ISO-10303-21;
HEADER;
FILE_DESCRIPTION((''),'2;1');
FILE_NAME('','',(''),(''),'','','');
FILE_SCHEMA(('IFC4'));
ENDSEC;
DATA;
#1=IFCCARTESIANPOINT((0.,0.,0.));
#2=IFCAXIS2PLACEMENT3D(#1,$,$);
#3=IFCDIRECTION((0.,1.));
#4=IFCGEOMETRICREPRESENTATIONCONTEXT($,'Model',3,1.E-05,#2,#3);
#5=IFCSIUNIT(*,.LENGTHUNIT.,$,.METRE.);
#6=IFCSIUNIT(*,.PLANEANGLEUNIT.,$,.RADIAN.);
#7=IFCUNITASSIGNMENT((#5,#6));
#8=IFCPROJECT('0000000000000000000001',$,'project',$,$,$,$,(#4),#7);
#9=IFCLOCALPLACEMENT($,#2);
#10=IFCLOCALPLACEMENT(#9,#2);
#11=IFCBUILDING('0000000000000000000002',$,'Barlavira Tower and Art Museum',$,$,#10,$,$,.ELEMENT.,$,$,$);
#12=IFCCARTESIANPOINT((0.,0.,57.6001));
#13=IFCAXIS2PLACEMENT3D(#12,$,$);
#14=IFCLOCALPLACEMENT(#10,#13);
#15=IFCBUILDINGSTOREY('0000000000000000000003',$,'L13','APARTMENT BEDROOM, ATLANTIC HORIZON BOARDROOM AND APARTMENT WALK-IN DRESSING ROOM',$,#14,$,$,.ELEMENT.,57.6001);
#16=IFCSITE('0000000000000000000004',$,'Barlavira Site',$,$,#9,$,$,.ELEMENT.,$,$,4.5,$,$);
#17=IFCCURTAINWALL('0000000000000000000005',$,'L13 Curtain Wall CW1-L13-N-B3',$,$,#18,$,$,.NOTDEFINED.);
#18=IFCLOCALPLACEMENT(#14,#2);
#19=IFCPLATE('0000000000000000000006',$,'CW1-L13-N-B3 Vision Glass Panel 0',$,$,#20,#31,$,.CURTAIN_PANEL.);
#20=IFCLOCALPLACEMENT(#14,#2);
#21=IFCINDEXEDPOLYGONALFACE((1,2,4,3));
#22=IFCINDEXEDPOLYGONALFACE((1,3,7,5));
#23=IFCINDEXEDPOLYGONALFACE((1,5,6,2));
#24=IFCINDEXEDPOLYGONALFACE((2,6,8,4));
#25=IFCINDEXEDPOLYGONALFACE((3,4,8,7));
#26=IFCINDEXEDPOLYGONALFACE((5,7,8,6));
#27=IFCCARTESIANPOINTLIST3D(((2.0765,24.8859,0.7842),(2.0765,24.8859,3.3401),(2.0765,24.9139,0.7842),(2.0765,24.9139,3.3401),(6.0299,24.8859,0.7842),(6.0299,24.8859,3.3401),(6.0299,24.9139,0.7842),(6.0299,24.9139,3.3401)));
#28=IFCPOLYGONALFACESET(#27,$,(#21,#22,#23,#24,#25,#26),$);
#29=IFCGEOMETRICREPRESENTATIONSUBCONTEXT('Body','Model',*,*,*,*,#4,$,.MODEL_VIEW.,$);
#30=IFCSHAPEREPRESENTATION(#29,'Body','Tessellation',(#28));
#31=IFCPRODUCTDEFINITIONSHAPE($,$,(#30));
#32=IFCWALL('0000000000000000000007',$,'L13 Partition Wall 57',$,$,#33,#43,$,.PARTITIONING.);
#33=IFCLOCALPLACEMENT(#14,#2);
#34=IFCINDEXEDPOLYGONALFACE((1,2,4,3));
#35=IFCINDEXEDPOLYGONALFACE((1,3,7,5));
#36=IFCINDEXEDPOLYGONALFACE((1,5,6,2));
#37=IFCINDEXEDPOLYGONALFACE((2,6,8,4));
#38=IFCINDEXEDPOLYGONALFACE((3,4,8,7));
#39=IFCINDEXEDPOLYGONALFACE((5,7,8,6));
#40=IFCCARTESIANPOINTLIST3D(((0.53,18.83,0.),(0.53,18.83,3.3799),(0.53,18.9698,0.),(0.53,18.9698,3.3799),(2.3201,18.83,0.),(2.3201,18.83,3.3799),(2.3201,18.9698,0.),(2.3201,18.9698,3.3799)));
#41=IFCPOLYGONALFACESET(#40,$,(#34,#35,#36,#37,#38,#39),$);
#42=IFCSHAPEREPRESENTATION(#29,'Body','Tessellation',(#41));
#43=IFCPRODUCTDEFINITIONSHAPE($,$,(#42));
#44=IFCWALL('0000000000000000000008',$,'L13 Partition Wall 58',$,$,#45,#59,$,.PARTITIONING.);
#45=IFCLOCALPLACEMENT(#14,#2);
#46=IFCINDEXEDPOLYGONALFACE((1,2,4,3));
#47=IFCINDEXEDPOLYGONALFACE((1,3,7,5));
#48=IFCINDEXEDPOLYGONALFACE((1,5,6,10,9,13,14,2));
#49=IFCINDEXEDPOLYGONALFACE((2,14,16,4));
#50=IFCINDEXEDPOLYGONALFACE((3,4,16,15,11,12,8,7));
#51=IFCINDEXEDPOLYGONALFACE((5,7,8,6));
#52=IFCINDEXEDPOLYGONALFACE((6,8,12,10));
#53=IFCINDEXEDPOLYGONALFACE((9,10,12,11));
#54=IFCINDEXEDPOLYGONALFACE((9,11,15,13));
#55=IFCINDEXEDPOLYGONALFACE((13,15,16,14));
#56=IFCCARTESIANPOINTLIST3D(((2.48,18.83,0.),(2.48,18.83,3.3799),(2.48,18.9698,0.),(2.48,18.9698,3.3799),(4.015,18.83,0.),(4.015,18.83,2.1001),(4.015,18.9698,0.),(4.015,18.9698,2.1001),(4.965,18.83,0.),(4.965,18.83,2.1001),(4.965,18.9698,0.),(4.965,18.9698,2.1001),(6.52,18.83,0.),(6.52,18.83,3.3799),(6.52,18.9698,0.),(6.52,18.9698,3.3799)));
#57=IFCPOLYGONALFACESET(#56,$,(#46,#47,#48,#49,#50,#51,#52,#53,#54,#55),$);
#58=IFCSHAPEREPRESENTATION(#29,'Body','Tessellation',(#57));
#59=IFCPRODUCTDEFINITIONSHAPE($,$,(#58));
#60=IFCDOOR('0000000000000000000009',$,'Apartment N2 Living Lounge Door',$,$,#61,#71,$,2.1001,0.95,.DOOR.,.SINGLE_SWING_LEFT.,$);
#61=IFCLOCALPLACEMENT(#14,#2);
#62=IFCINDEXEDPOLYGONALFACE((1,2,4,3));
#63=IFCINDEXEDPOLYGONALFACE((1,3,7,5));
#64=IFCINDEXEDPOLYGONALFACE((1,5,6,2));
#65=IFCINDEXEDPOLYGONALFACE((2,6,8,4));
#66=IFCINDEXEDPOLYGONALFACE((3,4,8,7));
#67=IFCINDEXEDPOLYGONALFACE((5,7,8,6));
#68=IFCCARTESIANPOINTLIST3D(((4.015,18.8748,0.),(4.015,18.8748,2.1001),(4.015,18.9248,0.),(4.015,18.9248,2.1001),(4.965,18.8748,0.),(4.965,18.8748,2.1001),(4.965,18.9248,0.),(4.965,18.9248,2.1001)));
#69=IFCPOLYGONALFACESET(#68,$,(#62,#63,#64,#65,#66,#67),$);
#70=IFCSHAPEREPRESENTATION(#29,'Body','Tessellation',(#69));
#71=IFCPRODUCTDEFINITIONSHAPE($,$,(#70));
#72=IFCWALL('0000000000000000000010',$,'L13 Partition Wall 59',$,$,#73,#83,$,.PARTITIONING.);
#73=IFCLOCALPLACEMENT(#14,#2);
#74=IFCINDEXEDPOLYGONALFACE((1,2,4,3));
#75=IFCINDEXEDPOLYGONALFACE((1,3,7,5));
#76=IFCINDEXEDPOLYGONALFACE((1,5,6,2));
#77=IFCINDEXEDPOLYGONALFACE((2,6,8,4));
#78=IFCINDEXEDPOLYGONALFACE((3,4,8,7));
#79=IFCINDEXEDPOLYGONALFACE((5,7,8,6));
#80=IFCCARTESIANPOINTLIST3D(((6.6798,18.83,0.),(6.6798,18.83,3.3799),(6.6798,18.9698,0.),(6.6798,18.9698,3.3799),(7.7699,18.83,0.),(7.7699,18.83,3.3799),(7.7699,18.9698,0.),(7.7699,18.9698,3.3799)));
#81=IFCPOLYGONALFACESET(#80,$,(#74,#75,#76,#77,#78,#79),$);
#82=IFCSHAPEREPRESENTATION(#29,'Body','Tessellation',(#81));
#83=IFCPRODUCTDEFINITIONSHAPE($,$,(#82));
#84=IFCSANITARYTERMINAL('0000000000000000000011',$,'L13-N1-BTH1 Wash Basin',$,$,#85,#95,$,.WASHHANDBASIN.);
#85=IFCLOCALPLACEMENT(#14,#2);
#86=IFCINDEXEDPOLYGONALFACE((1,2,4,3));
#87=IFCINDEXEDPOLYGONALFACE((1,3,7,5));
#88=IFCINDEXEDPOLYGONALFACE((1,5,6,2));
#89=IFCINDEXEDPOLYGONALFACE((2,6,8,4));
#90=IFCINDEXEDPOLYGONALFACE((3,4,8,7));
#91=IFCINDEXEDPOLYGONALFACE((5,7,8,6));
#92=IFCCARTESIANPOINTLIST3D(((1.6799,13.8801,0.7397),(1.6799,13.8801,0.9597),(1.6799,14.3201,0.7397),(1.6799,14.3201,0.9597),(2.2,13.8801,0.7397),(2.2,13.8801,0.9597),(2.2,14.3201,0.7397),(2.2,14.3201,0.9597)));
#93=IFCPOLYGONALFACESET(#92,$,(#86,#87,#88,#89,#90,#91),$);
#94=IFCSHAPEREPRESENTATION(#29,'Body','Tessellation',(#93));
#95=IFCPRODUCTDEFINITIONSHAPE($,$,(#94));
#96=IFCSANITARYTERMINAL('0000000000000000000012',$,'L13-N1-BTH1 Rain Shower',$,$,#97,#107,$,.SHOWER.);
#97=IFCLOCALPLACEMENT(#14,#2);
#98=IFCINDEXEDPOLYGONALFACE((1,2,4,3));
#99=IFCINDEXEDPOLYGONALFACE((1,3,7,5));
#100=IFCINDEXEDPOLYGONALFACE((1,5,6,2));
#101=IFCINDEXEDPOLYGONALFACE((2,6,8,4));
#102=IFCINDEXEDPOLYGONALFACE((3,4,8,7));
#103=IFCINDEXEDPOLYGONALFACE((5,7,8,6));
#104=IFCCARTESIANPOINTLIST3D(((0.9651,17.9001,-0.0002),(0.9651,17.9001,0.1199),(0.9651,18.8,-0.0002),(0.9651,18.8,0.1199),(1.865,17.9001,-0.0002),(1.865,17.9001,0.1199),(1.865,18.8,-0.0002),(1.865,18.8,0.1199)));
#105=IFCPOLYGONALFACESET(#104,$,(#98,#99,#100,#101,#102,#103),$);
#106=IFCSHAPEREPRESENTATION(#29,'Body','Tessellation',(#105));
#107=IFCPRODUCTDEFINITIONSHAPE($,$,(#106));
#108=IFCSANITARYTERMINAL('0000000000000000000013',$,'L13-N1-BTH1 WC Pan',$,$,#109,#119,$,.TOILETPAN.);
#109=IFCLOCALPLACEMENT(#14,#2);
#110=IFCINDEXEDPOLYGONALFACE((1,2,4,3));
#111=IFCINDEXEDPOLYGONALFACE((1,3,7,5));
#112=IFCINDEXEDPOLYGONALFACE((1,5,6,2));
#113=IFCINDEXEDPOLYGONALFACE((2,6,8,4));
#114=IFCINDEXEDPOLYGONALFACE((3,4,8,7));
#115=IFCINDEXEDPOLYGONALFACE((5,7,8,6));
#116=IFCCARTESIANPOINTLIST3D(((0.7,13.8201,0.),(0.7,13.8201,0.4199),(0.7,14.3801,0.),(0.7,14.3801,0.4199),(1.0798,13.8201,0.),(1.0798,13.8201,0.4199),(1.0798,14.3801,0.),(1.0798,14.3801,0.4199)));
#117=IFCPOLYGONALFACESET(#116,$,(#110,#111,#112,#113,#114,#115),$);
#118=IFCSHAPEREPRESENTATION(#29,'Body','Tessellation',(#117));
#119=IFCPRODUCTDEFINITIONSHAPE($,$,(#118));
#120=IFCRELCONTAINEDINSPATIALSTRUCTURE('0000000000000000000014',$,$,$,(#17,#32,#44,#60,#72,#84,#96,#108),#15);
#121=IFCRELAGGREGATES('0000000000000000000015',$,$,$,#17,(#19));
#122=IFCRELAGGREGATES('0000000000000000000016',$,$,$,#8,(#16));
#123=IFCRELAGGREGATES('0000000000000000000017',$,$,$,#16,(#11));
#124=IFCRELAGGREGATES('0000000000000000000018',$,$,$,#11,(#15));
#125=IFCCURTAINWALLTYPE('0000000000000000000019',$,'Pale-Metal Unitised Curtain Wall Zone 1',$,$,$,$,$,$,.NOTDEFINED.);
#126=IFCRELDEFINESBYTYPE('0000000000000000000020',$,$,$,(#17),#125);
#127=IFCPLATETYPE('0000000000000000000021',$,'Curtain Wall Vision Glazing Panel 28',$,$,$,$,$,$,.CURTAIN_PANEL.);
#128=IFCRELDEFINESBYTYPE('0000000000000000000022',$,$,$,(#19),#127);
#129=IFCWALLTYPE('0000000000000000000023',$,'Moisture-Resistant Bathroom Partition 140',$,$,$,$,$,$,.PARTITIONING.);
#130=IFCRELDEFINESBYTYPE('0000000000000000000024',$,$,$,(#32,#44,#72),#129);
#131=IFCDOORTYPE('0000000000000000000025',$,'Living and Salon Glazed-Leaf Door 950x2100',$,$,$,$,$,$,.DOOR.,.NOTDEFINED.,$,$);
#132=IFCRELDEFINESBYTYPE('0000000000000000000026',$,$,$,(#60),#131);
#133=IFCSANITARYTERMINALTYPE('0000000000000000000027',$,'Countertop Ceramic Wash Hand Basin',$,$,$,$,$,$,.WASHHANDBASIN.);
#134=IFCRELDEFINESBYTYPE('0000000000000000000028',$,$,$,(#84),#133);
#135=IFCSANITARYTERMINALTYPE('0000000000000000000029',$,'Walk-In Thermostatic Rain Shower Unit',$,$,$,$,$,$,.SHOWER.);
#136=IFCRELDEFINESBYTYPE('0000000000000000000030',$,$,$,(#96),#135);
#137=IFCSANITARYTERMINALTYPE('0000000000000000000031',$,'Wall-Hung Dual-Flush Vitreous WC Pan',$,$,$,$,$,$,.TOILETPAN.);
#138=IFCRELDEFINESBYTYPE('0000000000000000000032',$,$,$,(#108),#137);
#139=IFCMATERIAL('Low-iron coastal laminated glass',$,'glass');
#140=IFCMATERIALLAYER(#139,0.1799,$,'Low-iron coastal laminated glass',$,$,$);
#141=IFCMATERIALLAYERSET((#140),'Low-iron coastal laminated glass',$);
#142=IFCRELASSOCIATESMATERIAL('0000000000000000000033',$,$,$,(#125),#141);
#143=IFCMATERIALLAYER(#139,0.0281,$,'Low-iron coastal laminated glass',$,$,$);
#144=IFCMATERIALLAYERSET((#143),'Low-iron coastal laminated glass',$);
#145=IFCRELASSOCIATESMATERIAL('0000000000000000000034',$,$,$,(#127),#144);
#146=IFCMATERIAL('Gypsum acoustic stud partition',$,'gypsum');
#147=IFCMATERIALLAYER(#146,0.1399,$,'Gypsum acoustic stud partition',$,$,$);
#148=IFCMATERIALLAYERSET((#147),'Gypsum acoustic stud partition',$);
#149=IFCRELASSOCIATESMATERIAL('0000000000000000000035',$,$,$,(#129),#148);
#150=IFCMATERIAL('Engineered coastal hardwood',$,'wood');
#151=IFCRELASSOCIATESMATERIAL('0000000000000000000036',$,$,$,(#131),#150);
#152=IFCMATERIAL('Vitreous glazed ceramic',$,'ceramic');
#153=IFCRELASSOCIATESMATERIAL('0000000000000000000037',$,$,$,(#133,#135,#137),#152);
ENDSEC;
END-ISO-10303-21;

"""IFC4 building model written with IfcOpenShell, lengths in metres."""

from ifc_helpers import new_model, si_unit, direction, frame, frame_2d, origin, origin_2d, place, context, subcontext, project, spatial, rectangle, extrude, material, layer, layer_set, type_object, element, fill, aggregate, save


model = new_model("IFC4")

# Units and contexts
model_context = context("Model", 3, precision=1e-05, world=origin(), true_north=direction((0.0, 1.0)))
body_context = subcontext(model_context, "Body", "Model", "MODEL_VIEW")
ifc_project = project(units=[si_unit("LENGTHUNIT", "METRE"), si_unit("PLANEANGLEUNIT", "RADIAN")], contexts=[model_context])

# Site, building, storey
site_placement = place(None, origin())
site = spatial("IfcSite", under=ifc_project, at=site_placement, Name="Barlavira Site", CompositionType="ELEMENT", RefElevation=4.5)
building_placement = place(site_placement, origin())
building = spatial("IfcBuilding", under=site, at=building_placement, Name="Barlavira Tower and Art Museum", CompositionType="ELEMENT")
storey_placement = place(building_placement, frame((0.0, 0.0, 57.6001)))
storey = spatial("IfcBuildingStorey", under=building, at=storey_placement, Name="L13", Description="APARTMENT BEDROOM, ATLANTIC HORIZON BOARDROOM AND APARTMENT WALK-IN DRESSING ROOM", CompositionType="ELEMENT", Elevation=57.6001)

# Curtain wall
ifc_material_1 = material(Name="Low-iron coastal laminated glass", Category="glass")
ifc_layer_1 = layer(ifc_material_1, 0.1799, Name="Low-iron coastal laminated glass")
ifc_layer_set_1 = layer_set([ifc_layer_1], Name="Low-iron coastal laminated glass")
curtain_wall_type = type_object("IfcCurtainWallType", Name="Pale-Metal Unitised Curtain Wall Zone 1", PredefinedType="NOTDEFINED", material=ifc_layer_set_1)
curtain_wall_placement = place(storey_placement, origin())
curtain_wall = element("IfcCurtainWall", 1, at=curtain_wall_placement, inside=storey, type_object=curtain_wall_type, Name="L13 Curtain Wall CW1-L13-N-B3", PredefinedType="NOTDEFINED")

# Plate
ifc_layer_2 = layer(ifc_material_1, 0.0281, Name="Low-iron coastal laminated glass")
ifc_layer_set_2 = layer_set([ifc_layer_2], Name="Low-iron coastal laminated glass")
plate_type_1 = type_object("IfcPlateType", Name="Curtain Wall Vision Glazing Panel 28", PredefinedType="CURTAIN_PANEL", material=ifc_layer_set_2)
plate_1_placement = place(storey_placement, frame((4.0532, 24.8999, 0.7842), z_axis=(0.0, 0.0, 1.0), x_axis=(-1.0, 0.0, 0.0)))
plate_1 = element("IfcPlate", 2, at=plate_1_placement, type_object=plate_type_1, Name="CW1-L13-N-B3 Vision Glass Panel 0", PredefinedType="CURTAIN_PANEL", context=body_context, shape_type="SweptSolid", body=[
    extrude(rectangle(XDim=3.9534, YDim=0.0281, at=origin_2d()), origin(), (0.0, 0.0, 1.0), 2.5559),
])
aggregate(curtain_wall, [plate_1])

# Wall
ifc_material_2 = material(Name="Gypsum acoustic stud partition", Category="gypsum")
ifc_layer_3 = layer(ifc_material_2, 0.1399, Name="Gypsum acoustic stud partition")
ifc_layer_set_3 = layer_set([ifc_layer_3], Name="Gypsum acoustic stud partition")
wall_type = type_object("IfcWallType", Name="Moisture-Resistant Bathroom Partition 140", PredefinedType="PARTITIONING", material=ifc_layer_set_3)
wall_1_placement = place(storey_placement, frame((0.53, 18.8999, 0.0), z_axis=(0.0, 0.0, 1.0), x_axis=(1.0, 0.0, 0.0)))
element("IfcWall", 3, at=wall_1_placement, inside=storey, type_object=wall_type, Name="L13 Partition Wall 57", PredefinedType="PARTITIONING", context=body_context, shape_type="SweptSolid", body=[
    extrude(rectangle(XDim=1.79, YDim=0.1399, at=frame_2d((0.895, 0.0))), origin(), (0.0, 0.0, 1.0), 3.3799),
])

# Wall, opening, door
wall_2_placement = place(storey_placement, frame((2.48, 18.8999, 0.0), z_axis=(0.0, 0.0, 1.0), x_axis=(1.0, 0.0, 0.0)))
wall_2 = element("IfcWall", 4, at=wall_2_placement, inside=storey, type_object=wall_type, Name="L13 Partition Wall 58", PredefinedType="PARTITIONING", context=body_context, shape_type="SweptSolid", body=[
    extrude(rectangle(XDim=4.04, YDim=0.1399, at=frame_2d((2.02, 0.0))), origin(), (0.0, 0.0, 1.0), 3.3799),
])
opening_placement = place(wall_2_placement, frame((1.5349, 0.0, 0.0)))
opening = element("IfcOpeningElement", 5, at=opening_placement, cuts=wall_2, PredefinedType="OPENING", context=body_context, shape_type="SweptSolid", body=[
    extrude(rectangle(XDim=0.95, YDim=2.1001, at=frame_2d((0.4751, 1.05))), frame((0.0, 0.0801, 0.0), z_axis=(0.0, -1.0, 0.0), x_axis=(1.0, 0.0, 0.0)), (0.0, 0.0, 1.0), 0.1599),
])
ifc_material_3 = material(Name="Engineered coastal hardwood", Category="wood")
door_type = type_object("IfcDoorType", Name="Living and Salon Glazed-Leaf Door 950x2100", OperationType="NOTDEFINED", PredefinedType="DOOR", material=ifc_material_3)
door_placement = place(opening_placement, origin())
door = element("IfcDoor", 6, at=door_placement, inside=storey, type_object=door_type, Name="Apartment N2 Living Lounge Door", OperationType="SINGLE_SWING_LEFT", OverallHeight=2.1001, OverallWidth=0.95, PredefinedType="DOOR", context=body_context, shape_type="SweptSolid", body=[
    extrude(rectangle(XDim=0.95, YDim=2.1001, at=frame_2d((0.4751, 1.05))), frame((0.0, 0.0249, 0.0), z_axis=(0.0, -1.0, 0.0), x_axis=(1.0, 0.0, 0.0)), (0.0, 0.0, 1.0), 0.05),
])
fill(opening, door)

# Wall
wall_3_placement = place(storey_placement, frame((6.6799, 18.8999, 0.0), z_axis=(0.0, 0.0, 1.0), x_axis=(1.0, 0.0, 0.0)))
element("IfcWall", 7, at=wall_3_placement, inside=storey, type_object=wall_type, Name="L13 Partition Wall 59", PredefinedType="PARTITIONING", context=body_context, shape_type="SweptSolid", body=[
    extrude(rectangle(XDim=1.0901, YDim=0.1399, at=frame_2d((0.5449, 0.0))), origin(), (0.0, 0.0, 1.0), 3.3799),
])

# Sanitary terminals
ifc_material_4 = material(Name="Vitreous glazed ceramic", Category="ceramic")
sanitary_terminal_type_1 = type_object("IfcSanitaryTerminalType", Name="Countertop Ceramic Wash Hand Basin", PredefinedType="WASHHANDBASIN", material=ifc_material_4)
sanitary_terminal_1_placement = place(storey_placement, frame((1.9399, 14.1001, 0.7397), z_axis=(0.0, 0.0, 1.0), x_axis=(1.0, 0.0, 0.0)))
element("IfcSanitaryTerminal", 8, at=sanitary_terminal_1_placement, inside=storey, type_object=sanitary_terminal_type_1, Name="L13-N1-BTH1 Wash Basin", PredefinedType="WASHHANDBASIN", context=body_context, shape_type="SweptSolid", body=[
    extrude(rectangle(XDim=0.52, YDim=0.4399, at=origin_2d()), origin(), (0.0, 0.0, 1.0), 0.22),
])
sanitary_terminal_type_2 = type_object("IfcSanitaryTerminalType", Name="Walk-In Thermostatic Rain Shower Unit", PredefinedType="SHOWER", material=ifc_material_4)
sanitary_terminal_2_placement = place(storey_placement, frame((1.415, 18.3501, -0.0002), z_axis=(0.0, 0.0, 1.0), x_axis=(1.0, 0.0, 0.0)))
element("IfcSanitaryTerminal", 9, at=sanitary_terminal_2_placement, inside=storey, type_object=sanitary_terminal_type_2, Name="L13-N1-BTH1 Rain Shower", PredefinedType="SHOWER", context=body_context, shape_type="SweptSolid", body=[
    extrude(rectangle(XDim=0.8999, YDim=0.8999, at=origin_2d()), origin(), (0.0, 0.0, 1.0), 0.1201),
])
sanitary_terminal_type_3 = type_object("IfcSanitaryTerminalType", Name="Wall-Hung Dual-Flush Vitreous WC Pan", PredefinedType="TOILETPAN", material=ifc_material_4)
sanitary_terminal_3_placement = place(storey_placement, frame((0.8899, 14.1001, 0.0), z_axis=(0.0, 0.0, 1.0), x_axis=(1.0, 0.0, 0.0)))
element("IfcSanitaryTerminal", 10, at=sanitary_terminal_3_placement, inside=storey, type_object=sanitary_terminal_type_3, Name="L13-N1-BTH1 WC Pan", PredefinedType="TOILETPAN", context=body_context, shape_type="SweptSolid", body=[
    extrude(rectangle(XDim=0.3799, YDim=0.5601, at=origin_2d()), origin(), (0.0, 0.0, 1.0), 0.4199),
])

save(model, "model.ifc")
